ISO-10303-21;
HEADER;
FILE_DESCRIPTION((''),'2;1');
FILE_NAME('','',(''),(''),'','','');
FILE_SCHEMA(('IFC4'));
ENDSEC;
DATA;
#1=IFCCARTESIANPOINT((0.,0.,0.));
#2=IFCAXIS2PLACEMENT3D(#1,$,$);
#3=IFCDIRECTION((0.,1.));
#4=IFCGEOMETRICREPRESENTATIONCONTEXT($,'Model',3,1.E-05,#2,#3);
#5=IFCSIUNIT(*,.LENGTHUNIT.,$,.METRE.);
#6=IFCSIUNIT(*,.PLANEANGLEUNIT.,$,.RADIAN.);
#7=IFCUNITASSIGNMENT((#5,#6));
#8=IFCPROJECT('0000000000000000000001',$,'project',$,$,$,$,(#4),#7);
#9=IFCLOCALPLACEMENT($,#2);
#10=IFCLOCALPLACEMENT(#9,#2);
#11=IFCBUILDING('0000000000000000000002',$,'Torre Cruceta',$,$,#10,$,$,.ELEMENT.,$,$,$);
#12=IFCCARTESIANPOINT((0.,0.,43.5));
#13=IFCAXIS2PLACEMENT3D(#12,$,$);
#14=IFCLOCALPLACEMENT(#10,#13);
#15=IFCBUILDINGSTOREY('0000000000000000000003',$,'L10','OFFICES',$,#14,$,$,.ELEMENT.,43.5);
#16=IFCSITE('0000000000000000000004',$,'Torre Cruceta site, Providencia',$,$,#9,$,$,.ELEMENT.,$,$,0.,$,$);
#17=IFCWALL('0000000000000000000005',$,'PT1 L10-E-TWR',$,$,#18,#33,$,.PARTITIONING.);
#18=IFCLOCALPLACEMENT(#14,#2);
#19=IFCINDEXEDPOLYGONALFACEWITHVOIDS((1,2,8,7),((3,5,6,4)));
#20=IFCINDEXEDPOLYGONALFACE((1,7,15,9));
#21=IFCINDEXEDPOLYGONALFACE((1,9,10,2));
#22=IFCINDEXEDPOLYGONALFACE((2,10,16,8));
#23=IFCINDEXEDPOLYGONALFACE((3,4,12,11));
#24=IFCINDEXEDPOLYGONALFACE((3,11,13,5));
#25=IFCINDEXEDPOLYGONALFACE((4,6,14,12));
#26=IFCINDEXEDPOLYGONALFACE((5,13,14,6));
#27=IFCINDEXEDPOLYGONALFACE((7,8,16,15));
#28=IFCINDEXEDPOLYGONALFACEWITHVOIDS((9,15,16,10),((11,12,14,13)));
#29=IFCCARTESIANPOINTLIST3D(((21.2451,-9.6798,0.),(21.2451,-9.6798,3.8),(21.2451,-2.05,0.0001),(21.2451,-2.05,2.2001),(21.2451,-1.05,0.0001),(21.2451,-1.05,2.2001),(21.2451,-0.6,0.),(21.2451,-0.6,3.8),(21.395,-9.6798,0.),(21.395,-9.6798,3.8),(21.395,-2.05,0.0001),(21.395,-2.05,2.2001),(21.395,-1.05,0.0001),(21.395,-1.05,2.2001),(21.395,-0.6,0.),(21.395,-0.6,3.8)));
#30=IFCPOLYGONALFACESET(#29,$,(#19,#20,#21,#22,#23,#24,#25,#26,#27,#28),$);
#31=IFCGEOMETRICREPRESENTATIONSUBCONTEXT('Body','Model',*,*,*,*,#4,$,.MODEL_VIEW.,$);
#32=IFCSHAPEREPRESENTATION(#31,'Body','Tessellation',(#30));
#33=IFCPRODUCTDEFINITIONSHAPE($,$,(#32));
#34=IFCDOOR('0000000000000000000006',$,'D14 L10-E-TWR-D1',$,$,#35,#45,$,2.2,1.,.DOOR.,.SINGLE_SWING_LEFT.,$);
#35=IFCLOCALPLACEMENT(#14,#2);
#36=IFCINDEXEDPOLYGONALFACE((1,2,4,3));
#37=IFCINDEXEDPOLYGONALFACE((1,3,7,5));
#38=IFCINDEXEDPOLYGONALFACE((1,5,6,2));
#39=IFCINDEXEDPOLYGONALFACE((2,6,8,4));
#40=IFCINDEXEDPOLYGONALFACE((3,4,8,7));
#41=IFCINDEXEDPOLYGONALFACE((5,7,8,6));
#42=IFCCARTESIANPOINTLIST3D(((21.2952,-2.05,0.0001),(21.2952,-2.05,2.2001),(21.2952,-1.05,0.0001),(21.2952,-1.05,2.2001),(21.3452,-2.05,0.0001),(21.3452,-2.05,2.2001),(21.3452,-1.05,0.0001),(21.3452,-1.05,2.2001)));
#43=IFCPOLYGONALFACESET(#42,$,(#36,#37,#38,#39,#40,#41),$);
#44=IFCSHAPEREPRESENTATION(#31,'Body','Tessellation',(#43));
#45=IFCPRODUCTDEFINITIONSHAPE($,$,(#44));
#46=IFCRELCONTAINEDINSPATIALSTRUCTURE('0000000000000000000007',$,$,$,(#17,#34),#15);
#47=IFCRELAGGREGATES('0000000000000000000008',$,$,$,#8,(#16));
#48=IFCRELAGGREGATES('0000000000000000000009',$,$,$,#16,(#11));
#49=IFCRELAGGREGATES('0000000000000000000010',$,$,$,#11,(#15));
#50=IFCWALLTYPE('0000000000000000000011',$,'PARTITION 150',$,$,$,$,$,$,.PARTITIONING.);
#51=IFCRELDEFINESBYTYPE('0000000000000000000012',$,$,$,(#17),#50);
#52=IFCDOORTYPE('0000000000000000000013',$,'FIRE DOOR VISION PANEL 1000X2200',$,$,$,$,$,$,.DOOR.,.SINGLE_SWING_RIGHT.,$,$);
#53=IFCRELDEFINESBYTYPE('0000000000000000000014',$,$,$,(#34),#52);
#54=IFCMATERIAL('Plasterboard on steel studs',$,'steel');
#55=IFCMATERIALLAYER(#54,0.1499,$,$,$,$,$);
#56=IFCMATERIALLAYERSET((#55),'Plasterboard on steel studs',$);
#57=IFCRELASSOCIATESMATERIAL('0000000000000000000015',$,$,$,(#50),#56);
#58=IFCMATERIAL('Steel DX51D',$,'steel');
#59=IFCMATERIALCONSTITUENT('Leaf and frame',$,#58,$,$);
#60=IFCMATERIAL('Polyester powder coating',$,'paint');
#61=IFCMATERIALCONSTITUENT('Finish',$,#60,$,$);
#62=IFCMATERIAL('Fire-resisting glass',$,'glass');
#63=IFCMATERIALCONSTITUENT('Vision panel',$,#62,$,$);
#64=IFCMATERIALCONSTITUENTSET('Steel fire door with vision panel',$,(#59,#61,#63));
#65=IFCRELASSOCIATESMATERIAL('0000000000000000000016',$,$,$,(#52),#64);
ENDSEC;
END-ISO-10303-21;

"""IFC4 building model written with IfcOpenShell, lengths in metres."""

from ifc_helpers import new_model, si_unit, direction, frame, frame_2d, origin, place, context, subcontext, project, spatial, rectangle, extrude, material, layer, layer_set, constituent, constituent_set, type_object, element, fill, save


model = new_model("IFC4")

# Units and contexts
model_context = context("Model", 3, precision=1e-05, world=origin(), true_north=direction((0.0, 1.0)))
body_context = subcontext(model_context, "Body", "Model", "MODEL_VIEW")
ifc_project = project(units=[si_unit("LENGTHUNIT", "METRE"), si_unit("PLANEANGLEUNIT", "RADIAN")], contexts=[model_context])

# Site, building, storey
site_placement = place(None, origin())
site = spatial("IfcSite", under=ifc_project, at=site_placement, Name="Torre Cruceta site, Providencia", CompositionType="ELEMENT", RefElevation=0.0)
building_placement = place(site_placement, origin())
building = spatial("IfcBuilding", under=site, at=building_placement, Name="Torre Cruceta", CompositionType="ELEMENT")
storey_placement = place(building_placement, frame((0.0, 0.0, 43.5)))
storey = spatial("IfcBuildingStorey", under=building, at=storey_placement, Name="L10", Description="OFFICES", CompositionType="ELEMENT", Elevation=43.5)

# Wall, opening, door
ifc_material_1 = material(Name="Plasterboard on steel studs", Category="steel")
ifc_layer_1 = layer(ifc_material_1, 0.1499)
ifc_layer_set_1 = layer_set([ifc_layer_1], Name="Plasterboard on steel studs")
wall_type_1 = type_object("IfcWallType", Name="PARTITION 150", PredefinedType="PARTITIONING", material=ifc_layer_set_1)
wall_1_placement = place(storey_placement, frame((21.3201, -9.6799, 0.0), z_axis=(0.0, 0.0, 1.0), x_axis=(0.0, 1.0, 0.0)))
wall_1 = element("IfcWall", 1, at=wall_1_placement, inside=storey, type_object=wall_type_1, Name="PT1 L10-E-TWR", PredefinedType="PARTITIONING", context=body_context, shape_type="SweptSolid", body=[
    extrude(rectangle(XDim=9.0798, YDim=0.1499, at=frame_2d((4.54, 0.0))), origin(), (0.0, 0.0, 1.0), 3.8),
])
opening_1_placement = place(wall_1_placement, frame((7.6299, 0.0, 0.0)))
opening_1 = element("IfcOpeningElement", 2, at=opening_1_placement, cuts=wall_1, PredefinedType="OPENING", context=body_context, shape_type="SweptSolid", body=[
    extrude(rectangle(XDim=1.0, YDim=2.2, at=frame_2d((0.5, 1.1001))), frame((0.0, 0.085, 0.0), z_axis=(0.0, -1.0, 0.0), x_axis=(1.0, 0.0, 0.0)), (0.0, 0.0, 1.0), 0.1699),
])
ifc_material_2 = material(Name="Steel DX51D", Category="steel")
ifc_constituent_1 = constituent(ifc_material_2, Name="Leaf and frame")
ifc_material_3 = material(Name="Polyester powder coating", Category="paint")
ifc_constituent_2 = constituent(ifc_material_3, Name="Finish")
ifc_material_4 = material(Name="Fire-resisting glass", Category="glass")
ifc_constituent_3 = constituent(ifc_material_4, Name="Vision panel")
ifc_constituent_set_1 = constituent_set(constituents=[ifc_constituent_1, ifc_constituent_2, ifc_constituent_3], Name="Steel fire door with vision panel")
door_type = type_object("IfcDoorType", Name="FIRE DOOR VISION PANEL 1000X2200", OperationType="SINGLE_SWING_RIGHT", PredefinedType="DOOR", material=ifc_constituent_set_1)
door_placement = place(opening_1_placement, frame((1.0, 0.0, 0.0), z_axis=(0.0, 0.0, 1.0), x_axis=(-1.0, 0.0, 0.0)))
door = element("IfcDoor", 3, at=door_placement, inside=storey, type_object=door_type, Name="D14 L10-E-TWR-D1", OperationType="SINGLE_SWING_LEFT", OverallHeight=2.2, OverallWidth=1.0, PredefinedType="DOOR", context=body_context, shape_type="SweptSolid", body=[
    extrude(rectangle(XDim=1.0, YDim=2.2, at=frame_2d((0.5, 1.1001))), frame((0.0, 0.0251, 0.0), z_axis=(0.0, -1.0, 0.0), x_axis=(1.0, 0.0, 0.0)), (0.0, 0.0, 1.0), 0.05),
])
fill(opening_1, door)

save(model, "model.ifc")
